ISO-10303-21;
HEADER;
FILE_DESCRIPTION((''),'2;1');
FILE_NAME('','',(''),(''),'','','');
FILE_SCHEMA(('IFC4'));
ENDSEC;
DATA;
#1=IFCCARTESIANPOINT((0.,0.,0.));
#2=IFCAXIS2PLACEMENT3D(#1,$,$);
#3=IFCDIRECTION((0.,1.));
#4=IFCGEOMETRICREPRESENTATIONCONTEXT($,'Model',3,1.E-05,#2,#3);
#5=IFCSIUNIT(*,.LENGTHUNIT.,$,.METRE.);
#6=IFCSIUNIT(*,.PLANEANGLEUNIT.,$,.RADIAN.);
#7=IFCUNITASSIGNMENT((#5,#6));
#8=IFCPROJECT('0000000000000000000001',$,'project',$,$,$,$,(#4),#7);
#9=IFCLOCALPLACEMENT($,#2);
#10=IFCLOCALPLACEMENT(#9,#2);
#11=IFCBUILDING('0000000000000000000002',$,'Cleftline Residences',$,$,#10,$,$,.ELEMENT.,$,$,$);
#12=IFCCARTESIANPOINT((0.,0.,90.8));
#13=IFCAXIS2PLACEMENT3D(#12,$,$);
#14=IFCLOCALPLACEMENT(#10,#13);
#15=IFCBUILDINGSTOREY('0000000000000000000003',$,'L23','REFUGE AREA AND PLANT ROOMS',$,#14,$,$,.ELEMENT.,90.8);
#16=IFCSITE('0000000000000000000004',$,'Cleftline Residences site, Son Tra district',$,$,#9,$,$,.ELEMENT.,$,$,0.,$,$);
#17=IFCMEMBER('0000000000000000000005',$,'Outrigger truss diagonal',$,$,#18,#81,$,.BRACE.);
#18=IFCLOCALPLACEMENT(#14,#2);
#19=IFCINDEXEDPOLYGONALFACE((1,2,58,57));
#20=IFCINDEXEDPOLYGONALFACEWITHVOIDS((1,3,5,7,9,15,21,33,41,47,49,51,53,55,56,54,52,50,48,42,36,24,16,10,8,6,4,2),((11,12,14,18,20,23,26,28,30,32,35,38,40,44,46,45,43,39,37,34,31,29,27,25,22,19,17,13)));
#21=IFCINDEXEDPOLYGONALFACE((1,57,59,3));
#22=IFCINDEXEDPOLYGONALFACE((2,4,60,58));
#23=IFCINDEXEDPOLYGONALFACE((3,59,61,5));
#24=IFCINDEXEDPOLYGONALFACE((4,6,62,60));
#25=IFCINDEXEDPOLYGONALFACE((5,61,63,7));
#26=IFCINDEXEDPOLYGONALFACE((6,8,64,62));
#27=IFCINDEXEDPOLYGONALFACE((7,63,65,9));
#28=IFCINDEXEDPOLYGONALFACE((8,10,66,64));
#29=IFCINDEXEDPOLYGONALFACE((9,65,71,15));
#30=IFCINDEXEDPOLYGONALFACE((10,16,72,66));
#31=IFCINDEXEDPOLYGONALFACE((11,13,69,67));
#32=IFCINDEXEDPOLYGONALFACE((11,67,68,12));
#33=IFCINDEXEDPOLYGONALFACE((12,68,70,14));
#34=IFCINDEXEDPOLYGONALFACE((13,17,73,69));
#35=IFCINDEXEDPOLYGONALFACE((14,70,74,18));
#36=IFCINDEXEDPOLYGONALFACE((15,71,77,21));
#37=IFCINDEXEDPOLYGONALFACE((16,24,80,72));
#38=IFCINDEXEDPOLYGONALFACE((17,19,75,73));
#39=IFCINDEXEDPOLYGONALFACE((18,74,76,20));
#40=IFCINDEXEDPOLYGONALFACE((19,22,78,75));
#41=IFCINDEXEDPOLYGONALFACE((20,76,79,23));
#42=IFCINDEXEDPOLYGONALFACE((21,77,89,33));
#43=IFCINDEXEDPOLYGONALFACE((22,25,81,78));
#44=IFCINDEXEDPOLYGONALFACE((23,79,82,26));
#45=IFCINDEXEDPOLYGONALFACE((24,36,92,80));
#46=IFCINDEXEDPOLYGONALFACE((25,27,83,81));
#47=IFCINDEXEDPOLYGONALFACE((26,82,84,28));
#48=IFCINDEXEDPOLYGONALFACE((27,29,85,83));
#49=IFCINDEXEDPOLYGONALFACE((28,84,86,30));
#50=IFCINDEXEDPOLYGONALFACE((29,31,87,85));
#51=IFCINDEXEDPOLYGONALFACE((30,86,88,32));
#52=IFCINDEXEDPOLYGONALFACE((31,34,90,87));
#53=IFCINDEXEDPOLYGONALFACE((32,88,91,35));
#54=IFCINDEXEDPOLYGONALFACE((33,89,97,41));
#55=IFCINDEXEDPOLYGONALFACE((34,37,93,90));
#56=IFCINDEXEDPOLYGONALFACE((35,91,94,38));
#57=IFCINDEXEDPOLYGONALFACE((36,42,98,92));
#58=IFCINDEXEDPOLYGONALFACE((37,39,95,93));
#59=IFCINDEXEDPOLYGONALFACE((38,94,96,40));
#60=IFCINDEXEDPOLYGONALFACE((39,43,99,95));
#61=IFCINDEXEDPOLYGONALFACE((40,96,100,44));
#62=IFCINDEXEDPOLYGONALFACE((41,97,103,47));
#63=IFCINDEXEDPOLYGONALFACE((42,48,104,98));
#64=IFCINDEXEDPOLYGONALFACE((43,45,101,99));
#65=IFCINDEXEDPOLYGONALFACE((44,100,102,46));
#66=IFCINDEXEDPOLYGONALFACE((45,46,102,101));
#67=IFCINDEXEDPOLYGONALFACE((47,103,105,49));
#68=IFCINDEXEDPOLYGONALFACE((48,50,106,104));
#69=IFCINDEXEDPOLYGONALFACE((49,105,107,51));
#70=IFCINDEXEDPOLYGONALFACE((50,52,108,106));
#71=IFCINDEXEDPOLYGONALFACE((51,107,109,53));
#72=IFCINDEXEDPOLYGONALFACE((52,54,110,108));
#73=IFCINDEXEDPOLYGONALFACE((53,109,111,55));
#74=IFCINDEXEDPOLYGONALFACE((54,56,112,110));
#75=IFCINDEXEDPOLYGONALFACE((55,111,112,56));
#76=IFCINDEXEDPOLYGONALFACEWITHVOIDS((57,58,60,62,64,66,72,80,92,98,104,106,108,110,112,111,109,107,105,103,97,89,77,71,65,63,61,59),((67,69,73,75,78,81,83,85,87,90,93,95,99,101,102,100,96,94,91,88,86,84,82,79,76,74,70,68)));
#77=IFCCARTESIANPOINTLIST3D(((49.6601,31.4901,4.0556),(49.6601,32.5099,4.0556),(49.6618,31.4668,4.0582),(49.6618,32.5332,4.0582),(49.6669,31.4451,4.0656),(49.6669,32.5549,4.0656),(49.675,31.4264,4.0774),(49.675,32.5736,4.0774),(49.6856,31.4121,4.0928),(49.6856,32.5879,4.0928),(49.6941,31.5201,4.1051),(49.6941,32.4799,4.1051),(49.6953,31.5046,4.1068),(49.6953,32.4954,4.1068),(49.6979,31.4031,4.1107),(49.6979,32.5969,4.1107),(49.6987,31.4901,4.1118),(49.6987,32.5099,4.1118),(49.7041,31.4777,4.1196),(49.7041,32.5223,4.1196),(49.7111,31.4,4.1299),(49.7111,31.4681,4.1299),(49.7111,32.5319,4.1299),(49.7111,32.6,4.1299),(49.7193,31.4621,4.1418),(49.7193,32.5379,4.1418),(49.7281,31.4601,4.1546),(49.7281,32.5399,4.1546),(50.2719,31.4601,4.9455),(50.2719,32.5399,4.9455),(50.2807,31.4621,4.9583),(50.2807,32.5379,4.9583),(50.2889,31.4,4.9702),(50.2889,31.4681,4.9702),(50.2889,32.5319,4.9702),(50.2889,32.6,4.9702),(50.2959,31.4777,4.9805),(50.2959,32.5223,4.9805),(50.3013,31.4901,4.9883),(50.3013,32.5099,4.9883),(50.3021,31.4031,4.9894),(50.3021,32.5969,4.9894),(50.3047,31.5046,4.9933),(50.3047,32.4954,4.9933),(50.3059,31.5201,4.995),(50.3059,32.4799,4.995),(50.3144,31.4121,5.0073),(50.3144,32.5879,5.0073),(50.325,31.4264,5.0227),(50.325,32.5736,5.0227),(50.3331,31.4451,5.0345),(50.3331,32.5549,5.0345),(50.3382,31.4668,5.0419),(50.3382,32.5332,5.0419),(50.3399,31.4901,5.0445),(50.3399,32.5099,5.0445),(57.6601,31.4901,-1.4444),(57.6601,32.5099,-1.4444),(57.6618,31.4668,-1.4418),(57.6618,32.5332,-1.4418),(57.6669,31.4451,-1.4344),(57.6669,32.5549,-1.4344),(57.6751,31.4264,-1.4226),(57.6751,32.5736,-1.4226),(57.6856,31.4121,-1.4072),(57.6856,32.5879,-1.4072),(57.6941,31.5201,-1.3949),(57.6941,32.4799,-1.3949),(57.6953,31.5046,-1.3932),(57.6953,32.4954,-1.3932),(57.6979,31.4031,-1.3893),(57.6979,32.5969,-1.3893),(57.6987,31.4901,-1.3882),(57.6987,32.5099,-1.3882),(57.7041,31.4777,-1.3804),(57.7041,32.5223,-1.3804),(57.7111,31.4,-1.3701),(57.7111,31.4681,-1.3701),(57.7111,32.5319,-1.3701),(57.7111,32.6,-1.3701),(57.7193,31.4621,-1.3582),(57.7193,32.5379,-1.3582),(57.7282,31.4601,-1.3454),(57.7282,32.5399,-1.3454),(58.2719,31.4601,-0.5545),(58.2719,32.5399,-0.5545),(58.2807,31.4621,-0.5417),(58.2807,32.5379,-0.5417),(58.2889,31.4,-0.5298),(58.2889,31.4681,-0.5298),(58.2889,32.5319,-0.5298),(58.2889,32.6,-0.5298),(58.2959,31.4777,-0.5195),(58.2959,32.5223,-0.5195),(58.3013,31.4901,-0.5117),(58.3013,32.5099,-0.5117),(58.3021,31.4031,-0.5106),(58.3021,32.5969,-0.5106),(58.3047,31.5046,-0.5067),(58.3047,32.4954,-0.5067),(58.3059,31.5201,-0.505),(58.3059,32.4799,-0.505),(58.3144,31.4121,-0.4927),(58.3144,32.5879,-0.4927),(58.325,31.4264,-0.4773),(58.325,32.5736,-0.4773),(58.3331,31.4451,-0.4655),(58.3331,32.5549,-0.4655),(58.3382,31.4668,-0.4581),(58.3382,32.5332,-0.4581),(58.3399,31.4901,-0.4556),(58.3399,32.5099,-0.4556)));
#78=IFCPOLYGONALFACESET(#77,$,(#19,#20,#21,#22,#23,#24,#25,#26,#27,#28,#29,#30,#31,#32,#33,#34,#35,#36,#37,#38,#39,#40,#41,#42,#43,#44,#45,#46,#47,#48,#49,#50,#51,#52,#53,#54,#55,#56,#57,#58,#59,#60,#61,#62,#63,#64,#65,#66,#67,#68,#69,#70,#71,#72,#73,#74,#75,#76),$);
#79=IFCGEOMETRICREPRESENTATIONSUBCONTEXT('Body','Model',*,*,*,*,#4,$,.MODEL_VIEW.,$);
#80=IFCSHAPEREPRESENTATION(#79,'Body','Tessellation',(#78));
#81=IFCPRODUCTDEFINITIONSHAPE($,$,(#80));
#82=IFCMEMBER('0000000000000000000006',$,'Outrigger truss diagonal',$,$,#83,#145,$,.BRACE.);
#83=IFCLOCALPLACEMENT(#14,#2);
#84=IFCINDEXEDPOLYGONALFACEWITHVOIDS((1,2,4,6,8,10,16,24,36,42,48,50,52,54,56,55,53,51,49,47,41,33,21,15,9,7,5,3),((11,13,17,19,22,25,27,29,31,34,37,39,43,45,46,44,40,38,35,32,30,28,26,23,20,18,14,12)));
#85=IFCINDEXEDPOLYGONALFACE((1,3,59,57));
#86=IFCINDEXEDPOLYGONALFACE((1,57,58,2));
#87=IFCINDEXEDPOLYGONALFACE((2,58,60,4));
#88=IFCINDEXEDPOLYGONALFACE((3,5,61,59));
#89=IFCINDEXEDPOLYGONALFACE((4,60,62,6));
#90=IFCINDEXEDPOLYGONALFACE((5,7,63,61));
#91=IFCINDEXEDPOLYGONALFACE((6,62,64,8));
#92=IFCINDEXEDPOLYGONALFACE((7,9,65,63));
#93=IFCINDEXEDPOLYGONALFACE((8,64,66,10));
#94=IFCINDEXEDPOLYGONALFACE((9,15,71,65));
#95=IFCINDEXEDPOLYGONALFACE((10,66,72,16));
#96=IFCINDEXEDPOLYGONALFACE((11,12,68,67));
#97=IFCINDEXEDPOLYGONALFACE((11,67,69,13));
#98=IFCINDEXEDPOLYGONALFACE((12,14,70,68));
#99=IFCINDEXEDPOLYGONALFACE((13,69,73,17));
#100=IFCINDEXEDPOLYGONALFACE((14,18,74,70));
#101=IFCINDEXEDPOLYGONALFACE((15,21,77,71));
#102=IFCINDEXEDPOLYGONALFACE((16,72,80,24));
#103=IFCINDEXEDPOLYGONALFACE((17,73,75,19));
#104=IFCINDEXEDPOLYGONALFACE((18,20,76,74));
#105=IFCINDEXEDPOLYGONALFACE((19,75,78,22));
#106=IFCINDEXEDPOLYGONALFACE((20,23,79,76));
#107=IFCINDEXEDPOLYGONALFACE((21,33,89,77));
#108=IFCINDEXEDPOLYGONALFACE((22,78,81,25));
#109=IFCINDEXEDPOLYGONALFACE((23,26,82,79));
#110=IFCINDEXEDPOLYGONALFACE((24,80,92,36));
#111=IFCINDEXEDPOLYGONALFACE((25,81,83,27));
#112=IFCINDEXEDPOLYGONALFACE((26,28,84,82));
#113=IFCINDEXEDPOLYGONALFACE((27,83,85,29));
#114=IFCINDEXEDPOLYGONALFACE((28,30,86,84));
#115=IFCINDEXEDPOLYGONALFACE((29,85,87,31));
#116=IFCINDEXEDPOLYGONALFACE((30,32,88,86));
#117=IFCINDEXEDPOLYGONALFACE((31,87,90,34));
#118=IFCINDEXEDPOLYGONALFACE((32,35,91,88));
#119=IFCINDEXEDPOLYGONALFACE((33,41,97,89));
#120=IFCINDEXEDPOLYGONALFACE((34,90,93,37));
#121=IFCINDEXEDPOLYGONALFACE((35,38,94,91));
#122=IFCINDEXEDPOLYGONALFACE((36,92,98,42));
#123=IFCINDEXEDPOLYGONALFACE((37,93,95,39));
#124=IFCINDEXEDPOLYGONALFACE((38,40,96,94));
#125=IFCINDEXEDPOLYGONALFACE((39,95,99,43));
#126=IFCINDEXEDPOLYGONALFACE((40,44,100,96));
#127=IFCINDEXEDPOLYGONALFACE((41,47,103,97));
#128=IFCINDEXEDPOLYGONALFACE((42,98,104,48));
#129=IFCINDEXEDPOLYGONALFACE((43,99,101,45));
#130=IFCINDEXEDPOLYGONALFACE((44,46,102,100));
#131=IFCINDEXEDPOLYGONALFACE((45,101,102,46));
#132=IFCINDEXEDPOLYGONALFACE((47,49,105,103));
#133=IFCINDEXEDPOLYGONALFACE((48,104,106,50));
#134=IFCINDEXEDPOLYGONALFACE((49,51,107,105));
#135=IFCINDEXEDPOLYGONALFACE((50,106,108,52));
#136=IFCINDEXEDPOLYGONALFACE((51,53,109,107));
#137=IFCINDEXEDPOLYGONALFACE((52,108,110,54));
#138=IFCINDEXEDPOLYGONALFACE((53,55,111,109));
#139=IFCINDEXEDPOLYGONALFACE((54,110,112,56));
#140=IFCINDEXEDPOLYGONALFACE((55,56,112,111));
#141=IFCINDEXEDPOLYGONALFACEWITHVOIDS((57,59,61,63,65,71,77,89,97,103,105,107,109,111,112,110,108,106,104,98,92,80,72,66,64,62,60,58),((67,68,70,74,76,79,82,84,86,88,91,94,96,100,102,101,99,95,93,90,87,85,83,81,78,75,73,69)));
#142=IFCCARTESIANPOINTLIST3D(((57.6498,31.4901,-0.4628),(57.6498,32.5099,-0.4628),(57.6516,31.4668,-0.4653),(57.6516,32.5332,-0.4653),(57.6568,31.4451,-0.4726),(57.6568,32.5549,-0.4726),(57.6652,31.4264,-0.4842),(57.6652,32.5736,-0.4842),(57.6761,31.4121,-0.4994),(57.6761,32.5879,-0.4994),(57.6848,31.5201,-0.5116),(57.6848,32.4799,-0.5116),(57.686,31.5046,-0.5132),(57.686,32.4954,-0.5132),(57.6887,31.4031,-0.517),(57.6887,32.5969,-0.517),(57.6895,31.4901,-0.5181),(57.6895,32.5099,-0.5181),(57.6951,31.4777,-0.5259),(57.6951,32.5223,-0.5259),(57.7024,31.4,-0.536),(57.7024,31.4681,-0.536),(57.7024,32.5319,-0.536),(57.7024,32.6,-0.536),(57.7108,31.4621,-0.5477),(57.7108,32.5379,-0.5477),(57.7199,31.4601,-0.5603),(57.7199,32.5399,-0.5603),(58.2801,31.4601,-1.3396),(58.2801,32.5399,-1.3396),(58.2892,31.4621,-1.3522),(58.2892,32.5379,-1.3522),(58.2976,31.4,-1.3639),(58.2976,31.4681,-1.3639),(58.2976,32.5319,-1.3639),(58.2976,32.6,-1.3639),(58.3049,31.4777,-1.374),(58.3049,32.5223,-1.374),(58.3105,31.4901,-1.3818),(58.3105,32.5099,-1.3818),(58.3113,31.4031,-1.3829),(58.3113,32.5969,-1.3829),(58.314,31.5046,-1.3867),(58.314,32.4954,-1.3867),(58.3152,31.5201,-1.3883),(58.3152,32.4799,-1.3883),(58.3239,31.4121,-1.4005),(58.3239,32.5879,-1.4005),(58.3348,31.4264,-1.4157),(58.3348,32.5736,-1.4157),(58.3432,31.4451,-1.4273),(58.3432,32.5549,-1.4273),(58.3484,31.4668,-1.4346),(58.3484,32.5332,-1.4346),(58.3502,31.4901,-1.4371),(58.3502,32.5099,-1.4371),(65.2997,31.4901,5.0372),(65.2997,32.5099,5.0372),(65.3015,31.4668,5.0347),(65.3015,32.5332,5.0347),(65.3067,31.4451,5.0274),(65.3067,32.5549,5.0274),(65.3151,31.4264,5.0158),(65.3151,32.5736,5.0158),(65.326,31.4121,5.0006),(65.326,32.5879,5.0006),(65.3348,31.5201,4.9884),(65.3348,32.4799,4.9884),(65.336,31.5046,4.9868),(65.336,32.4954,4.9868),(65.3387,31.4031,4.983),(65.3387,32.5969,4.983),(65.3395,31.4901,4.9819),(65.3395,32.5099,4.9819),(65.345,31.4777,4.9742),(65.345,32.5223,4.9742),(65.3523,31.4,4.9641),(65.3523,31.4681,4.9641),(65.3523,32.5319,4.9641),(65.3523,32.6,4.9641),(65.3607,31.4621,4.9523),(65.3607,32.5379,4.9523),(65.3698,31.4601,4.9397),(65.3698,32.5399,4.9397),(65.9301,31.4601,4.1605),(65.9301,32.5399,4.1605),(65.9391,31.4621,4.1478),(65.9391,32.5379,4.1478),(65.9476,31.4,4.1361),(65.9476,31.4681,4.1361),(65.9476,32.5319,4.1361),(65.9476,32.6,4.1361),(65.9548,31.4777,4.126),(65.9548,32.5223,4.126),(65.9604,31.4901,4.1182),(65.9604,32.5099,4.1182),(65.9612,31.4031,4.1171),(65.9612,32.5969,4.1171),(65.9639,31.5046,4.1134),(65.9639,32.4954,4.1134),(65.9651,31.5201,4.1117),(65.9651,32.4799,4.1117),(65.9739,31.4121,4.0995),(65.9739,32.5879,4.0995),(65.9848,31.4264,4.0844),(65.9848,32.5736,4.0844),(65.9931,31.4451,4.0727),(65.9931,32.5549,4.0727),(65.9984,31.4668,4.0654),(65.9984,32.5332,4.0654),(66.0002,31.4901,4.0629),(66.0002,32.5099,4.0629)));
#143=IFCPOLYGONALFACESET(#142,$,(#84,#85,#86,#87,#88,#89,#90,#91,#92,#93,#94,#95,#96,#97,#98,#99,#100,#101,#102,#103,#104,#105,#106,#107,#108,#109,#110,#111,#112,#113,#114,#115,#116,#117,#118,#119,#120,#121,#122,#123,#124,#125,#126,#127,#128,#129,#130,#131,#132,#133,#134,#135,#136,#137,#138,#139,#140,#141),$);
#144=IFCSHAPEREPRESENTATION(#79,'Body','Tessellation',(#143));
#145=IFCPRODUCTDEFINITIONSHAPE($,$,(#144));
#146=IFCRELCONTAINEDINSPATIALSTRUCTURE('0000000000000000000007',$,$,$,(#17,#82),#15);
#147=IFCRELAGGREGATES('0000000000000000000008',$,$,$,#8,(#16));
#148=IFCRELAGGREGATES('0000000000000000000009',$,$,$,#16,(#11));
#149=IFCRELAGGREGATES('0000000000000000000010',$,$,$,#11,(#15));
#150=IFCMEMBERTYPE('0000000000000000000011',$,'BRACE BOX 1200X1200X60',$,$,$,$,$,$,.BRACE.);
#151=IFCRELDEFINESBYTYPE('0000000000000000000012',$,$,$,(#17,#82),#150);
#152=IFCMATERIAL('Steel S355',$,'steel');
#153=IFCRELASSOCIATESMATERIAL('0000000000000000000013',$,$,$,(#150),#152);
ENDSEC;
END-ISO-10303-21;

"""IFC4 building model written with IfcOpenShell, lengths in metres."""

from ifc_helpers import new_model, si_unit, direction, frame, origin, origin_2d, place, context, subcontext, project, spatial, hollow_rectangle, extrude, material, material_profile, profile_set, type_object, element, save


model = new_model("IFC4")

# Units and contexts
model_context = context("Model", 3, precision=1e-05, world=origin(), true_north=direction((0.0, 1.0)))
body_context = subcontext(model_context, "Body", "Model", "MODEL_VIEW")
ifc_project = project(units=[si_unit("LENGTHUNIT", "METRE"), si_unit("PLANEANGLEUNIT", "RADIAN")], contexts=[model_context])

# Site, building, storey
site_placement = place(None, origin())
site = spatial("IfcSite", under=ifc_project, at=site_placement, Name="Cleftline Residences site, Son Tra district", CompositionType="ELEMENT", RefElevation=0.0)
building_placement = place(site_placement, origin())
building = spatial("IfcBuilding", under=site, at=building_placement, Name="Cleftline Residences", CompositionType="ELEMENT")
storey_placement = place(building_placement, frame((0.0, 0.0, 90.8)))
storey = spatial("IfcBuildingStorey", under=building, at=storey_placement, Name="L23", Description="REFUGE AREA AND PLANT ROOMS", CompositionType="ELEMENT", Elevation=90.8)

# Members
ifc_material_1 = material(Name="Steel S355", Category="steel")
ifc_material_profile_1 = material_profile(ifc_material_1, hollow_rectangle(XDim=1.2, YDim=1.2, WallThickness=0.0601, InnerFilletRadius=0.0601, OuterFilletRadius=0.0901, at=origin_2d()))
ifc_profile_set_1 = profile_set([ifc_material_profile_1], Name="Steel S355")
member_type_1 = type_object("IfcMemberType", Name="BRACE BOX 1200X1200X60", PredefinedType="BRACE", material=ifc_profile_set_1)
member_1_placement = place(storey_placement, frame((50.0, 32.0, 4.55), z_axis=(0.824042, 0.0, -0.566529), x_axis=(0.566529, 0.0, 0.824042)))
element("IfcMember", 1, at=member_1_placement, inside=storey, type_object=member_type_1, Name="Outrigger truss diagonal", PredefinedType="BRACE", context=body_context, shape_type="SweptSolid", body=[
    extrude(hollow_rectangle(XDim=1.2, YDim=1.2, WallThickness=0.0601, InnerFilletRadius=0.0601, OuterFilletRadius=0.0901, at=origin_2d()), origin(), (0.0, 0.0, 1.0), 9.7083),
])
member_2_placement = place(storey_placement, frame((58.0, 32.0, -0.95), z_axis=(0.811933, 0.0, 0.58375), x_axis=(-0.58375, 0.0, 0.811933)))
element("IfcMember", 2, at=member_2_placement, inside=storey, type_object=member_type_1, Name="Outrigger truss diagonal", PredefinedType="BRACE", context=body_context, shape_type="SweptSolid", body=[
    extrude(hollow_rectangle(XDim=1.2, YDim=1.2, WallThickness=0.0601, InnerFilletRadius=0.0601, OuterFilletRadius=0.0901, at=origin_2d()), origin(), (0.0, 0.0, 1.0), 9.4219),
])

save(model, "model.ifc")
